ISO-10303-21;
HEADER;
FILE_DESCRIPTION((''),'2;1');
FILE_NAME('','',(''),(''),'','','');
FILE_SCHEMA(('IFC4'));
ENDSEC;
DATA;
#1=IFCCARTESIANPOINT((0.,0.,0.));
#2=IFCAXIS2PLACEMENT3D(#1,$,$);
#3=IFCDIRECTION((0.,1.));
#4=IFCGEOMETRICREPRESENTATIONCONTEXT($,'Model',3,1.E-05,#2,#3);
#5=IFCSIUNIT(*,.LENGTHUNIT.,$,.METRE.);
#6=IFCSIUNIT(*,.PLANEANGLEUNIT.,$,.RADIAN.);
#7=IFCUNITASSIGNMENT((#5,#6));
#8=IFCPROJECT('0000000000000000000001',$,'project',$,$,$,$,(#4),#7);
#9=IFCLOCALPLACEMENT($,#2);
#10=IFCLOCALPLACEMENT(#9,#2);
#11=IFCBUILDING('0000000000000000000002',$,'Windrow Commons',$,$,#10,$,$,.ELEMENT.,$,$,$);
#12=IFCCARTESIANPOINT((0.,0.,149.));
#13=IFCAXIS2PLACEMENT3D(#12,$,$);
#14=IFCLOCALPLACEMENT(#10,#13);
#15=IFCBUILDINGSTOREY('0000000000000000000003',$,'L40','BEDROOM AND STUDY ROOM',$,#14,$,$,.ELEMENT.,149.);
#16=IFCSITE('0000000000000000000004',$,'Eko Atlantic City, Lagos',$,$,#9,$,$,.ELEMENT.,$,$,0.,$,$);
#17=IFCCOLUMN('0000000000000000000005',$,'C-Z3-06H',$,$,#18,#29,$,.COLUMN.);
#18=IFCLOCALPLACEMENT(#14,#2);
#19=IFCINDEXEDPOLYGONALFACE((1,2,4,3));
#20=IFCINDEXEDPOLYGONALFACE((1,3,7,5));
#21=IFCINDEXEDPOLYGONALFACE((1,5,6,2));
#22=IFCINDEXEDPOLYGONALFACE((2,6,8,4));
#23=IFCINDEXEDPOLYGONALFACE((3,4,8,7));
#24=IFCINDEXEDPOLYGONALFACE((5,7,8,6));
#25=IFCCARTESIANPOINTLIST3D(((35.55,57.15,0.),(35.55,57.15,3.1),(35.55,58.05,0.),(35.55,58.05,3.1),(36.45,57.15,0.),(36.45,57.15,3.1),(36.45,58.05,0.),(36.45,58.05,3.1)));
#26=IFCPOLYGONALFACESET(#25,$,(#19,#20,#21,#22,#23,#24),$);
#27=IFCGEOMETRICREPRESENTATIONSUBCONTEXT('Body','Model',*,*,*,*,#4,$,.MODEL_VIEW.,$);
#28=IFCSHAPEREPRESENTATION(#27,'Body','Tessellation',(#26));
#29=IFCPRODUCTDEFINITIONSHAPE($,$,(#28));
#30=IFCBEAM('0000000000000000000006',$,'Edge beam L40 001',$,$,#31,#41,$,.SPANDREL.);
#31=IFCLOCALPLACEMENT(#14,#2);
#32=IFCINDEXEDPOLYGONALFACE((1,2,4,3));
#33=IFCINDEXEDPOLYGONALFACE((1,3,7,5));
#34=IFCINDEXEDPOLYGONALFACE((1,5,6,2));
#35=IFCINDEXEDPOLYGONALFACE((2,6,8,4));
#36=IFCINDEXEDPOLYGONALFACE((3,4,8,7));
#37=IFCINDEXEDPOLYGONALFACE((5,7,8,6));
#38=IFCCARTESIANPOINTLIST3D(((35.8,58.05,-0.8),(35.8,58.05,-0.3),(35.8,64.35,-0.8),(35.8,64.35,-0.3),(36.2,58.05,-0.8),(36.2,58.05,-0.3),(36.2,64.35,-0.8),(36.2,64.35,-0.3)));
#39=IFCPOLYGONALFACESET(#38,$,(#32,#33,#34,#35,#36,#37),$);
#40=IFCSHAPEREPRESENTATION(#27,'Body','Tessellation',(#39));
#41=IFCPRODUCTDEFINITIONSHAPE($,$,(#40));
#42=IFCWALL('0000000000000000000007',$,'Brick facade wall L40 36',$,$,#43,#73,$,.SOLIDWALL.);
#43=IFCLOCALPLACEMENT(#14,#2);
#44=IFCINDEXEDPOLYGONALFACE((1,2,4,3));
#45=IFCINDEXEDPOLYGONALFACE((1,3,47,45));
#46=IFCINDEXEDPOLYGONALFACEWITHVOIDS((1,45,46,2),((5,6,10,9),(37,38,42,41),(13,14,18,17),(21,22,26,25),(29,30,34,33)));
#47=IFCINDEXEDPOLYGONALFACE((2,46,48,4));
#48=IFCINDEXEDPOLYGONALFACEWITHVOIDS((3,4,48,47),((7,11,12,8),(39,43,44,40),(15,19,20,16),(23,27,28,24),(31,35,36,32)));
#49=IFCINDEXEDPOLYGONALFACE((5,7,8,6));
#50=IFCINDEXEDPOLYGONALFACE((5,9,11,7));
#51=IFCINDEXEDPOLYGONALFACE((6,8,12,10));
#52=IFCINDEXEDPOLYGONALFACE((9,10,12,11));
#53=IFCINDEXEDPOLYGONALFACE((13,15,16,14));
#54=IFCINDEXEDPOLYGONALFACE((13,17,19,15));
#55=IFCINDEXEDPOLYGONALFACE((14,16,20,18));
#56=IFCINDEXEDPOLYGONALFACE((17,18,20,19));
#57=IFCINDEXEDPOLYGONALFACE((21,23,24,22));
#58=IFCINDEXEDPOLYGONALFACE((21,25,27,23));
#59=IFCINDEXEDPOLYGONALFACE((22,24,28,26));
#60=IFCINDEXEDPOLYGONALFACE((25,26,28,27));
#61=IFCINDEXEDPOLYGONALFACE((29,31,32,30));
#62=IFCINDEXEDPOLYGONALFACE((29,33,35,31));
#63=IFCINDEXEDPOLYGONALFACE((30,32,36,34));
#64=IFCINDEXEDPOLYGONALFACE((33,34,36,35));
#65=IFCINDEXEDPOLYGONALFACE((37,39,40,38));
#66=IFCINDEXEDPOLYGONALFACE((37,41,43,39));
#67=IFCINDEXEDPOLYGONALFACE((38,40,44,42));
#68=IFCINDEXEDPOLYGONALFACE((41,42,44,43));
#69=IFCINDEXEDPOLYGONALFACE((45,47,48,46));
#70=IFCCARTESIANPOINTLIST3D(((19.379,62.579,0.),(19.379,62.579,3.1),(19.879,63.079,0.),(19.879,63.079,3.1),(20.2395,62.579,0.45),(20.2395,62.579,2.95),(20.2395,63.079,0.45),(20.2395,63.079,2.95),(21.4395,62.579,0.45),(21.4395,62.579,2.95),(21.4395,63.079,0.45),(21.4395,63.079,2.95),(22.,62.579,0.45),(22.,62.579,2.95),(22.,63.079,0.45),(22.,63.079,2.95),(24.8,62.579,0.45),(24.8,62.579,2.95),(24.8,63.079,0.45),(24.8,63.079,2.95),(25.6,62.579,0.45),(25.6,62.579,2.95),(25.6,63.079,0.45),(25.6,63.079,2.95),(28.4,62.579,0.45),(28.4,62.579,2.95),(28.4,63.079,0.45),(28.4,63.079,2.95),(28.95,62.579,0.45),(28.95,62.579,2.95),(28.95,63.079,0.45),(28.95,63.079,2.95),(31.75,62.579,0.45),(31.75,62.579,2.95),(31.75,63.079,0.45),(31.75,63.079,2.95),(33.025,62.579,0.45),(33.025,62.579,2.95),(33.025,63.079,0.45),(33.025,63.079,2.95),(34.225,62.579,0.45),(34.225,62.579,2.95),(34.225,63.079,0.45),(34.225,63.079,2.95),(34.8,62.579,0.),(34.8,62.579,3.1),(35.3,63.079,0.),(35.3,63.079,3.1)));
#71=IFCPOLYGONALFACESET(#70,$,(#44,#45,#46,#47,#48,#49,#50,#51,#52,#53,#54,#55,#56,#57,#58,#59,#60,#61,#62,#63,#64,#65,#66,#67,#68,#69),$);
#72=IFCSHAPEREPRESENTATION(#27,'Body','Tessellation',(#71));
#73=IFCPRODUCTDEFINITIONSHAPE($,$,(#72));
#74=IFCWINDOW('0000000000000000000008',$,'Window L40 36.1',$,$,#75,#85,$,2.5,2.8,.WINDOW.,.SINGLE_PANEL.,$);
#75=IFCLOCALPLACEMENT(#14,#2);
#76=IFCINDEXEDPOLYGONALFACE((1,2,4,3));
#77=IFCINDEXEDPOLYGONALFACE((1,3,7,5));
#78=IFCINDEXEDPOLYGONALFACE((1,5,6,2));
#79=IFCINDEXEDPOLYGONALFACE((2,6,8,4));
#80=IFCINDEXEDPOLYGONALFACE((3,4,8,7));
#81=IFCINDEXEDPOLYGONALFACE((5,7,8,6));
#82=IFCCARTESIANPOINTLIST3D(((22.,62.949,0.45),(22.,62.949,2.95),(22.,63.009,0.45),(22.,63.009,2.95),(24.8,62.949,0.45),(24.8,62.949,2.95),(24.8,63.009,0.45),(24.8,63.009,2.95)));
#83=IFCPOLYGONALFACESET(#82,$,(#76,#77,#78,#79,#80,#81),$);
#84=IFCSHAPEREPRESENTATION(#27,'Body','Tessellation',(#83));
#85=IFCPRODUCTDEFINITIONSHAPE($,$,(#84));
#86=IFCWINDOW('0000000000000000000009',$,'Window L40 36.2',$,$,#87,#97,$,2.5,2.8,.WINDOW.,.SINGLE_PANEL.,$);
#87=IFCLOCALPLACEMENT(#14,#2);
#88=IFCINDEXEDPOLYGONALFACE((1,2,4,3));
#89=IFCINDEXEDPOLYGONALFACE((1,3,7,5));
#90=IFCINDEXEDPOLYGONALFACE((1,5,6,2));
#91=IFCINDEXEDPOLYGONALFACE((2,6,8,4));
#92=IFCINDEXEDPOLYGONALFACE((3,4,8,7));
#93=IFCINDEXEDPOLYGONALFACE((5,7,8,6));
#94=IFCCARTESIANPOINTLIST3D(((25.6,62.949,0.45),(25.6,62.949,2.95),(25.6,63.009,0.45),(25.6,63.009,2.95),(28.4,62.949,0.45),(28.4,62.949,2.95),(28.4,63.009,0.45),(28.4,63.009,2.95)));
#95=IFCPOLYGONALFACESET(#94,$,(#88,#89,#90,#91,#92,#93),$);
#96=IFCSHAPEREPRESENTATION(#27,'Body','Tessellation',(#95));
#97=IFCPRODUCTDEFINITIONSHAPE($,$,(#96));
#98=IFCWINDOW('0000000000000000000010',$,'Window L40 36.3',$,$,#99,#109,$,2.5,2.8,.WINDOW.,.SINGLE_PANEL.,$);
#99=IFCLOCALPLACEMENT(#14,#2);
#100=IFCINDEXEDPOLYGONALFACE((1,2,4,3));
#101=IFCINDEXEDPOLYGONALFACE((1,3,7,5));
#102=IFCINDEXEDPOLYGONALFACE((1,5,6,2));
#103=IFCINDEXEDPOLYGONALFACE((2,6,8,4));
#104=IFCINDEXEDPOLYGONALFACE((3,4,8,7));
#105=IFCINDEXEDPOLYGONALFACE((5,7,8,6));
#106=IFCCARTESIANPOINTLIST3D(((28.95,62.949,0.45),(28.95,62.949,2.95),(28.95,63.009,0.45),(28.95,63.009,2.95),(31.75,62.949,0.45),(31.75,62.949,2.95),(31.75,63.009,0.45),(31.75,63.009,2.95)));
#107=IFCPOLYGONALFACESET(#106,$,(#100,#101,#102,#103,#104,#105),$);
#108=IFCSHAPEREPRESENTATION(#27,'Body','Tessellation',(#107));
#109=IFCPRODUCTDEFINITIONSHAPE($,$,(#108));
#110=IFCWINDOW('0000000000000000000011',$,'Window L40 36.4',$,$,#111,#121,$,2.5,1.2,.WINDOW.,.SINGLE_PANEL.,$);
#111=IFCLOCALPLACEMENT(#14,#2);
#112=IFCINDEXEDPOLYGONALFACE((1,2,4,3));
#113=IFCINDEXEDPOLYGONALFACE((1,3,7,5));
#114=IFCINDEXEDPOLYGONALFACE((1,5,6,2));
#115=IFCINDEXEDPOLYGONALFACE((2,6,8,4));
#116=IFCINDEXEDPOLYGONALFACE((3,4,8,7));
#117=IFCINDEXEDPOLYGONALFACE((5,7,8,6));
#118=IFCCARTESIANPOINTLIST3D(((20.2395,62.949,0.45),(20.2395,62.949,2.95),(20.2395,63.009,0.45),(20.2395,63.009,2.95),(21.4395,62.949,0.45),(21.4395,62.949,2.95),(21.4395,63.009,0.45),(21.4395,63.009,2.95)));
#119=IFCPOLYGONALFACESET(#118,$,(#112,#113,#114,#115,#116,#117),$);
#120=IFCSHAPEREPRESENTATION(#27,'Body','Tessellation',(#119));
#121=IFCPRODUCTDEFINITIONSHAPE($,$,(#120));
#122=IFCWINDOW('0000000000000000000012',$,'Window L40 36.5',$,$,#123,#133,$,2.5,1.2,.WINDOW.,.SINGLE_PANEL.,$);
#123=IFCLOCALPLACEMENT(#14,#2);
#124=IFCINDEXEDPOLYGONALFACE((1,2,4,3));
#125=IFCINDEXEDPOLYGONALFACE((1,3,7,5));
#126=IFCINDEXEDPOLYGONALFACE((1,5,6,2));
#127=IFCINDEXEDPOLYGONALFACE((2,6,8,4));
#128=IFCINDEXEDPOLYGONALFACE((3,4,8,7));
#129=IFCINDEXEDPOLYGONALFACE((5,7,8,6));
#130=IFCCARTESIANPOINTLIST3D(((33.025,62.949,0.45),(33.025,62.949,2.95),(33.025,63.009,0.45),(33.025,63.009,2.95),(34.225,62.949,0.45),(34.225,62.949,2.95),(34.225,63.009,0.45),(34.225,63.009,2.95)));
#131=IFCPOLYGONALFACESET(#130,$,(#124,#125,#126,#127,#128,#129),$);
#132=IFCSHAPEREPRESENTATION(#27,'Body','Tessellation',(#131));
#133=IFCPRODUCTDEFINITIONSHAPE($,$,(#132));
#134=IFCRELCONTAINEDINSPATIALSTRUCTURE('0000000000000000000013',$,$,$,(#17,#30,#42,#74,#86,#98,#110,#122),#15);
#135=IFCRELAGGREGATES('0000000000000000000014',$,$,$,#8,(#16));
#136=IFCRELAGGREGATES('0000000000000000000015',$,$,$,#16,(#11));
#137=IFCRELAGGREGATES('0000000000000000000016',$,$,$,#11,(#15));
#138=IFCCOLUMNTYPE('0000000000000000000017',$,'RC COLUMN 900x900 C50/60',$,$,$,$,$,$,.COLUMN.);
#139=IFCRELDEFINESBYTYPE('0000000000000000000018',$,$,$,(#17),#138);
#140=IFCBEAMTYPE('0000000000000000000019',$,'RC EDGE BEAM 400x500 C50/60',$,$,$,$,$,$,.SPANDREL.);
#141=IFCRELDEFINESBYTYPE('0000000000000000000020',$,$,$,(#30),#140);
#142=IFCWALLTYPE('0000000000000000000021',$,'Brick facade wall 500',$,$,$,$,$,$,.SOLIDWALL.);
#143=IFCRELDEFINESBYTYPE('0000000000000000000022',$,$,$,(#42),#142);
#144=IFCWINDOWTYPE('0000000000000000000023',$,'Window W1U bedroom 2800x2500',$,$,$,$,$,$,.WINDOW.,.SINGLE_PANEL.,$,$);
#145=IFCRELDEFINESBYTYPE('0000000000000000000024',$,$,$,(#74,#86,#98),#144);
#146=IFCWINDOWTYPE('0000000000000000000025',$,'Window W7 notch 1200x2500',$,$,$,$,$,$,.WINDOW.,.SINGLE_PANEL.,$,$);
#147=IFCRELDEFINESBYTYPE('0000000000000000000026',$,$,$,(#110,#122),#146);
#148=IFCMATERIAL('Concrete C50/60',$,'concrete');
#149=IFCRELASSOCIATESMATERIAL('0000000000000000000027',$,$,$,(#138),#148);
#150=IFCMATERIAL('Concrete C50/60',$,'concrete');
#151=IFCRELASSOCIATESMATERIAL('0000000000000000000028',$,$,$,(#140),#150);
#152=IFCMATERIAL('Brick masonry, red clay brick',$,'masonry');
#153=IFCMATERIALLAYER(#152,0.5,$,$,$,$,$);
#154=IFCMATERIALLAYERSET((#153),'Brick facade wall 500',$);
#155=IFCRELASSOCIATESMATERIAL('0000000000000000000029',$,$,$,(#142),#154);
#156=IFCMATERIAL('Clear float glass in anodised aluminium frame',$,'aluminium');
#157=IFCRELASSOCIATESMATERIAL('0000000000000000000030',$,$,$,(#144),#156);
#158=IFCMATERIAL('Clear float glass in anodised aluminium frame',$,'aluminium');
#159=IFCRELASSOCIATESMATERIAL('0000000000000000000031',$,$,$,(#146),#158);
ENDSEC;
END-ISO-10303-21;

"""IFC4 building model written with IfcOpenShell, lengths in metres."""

from ifc_helpers import new_model, si_unit, direction, frame, frame_2d, origin, origin_2d, place, context, subcontext, project, spatial, polyline, rectangle, outline, extrude, material, layer, layer_set, material_profile, profile_set, type_object, element, fill, save


model = new_model("IFC4")

# Units and contexts
model_context = context("Model", 3, precision=1e-05, world=origin(), true_north=direction((0.0, 1.0)))
body_context = subcontext(model_context, "Body", "Model", "MODEL_VIEW")
ifc_project = project(units=[si_unit("LENGTHUNIT", "METRE"), si_unit("PLANEANGLEUNIT", "RADIAN")], contexts=[model_context])

# Site, building, storey
site_placement = place(None, origin())
site = spatial("IfcSite", under=ifc_project, at=site_placement, Name="Eko Atlantic City, Lagos", CompositionType="ELEMENT", RefElevation=0.0)
building_placement = place(site_placement, origin())
building = spatial("IfcBuilding", under=site, at=building_placement, Name="Windrow Commons", CompositionType="ELEMENT")
storey_placement = place(building_placement, frame((0.0, 0.0, 149.0)))
storey = spatial("IfcBuildingStorey", under=building, at=storey_placement, Name="L40", Description="BEDROOM AND STUDY ROOM", CompositionType="ELEMENT", Elevation=149.0)

# Column
ifc_material_1 = material(Name="Concrete C50/60", Category="concrete")
ifc_material_profile_1 = material_profile(ifc_material_1, rectangle(XDim=0.9, YDim=0.9, at=origin_2d()))
ifc_profile_set_1 = profile_set([ifc_material_profile_1], Name="Concrete C50/60")
column_type = type_object("IfcColumnType", Name="RC COLUMN 900x900 C50/60", PredefinedType="COLUMN", material=ifc_profile_set_1)
column_placement = place(storey_placement, frame((36.0, 57.6, 0.0), z_axis=(0.0, 0.0, 1.0), x_axis=(1.0, 0.0, 0.0)))
element("IfcColumn", 1, at=column_placement, inside=storey, type_object=column_type, Name="C-Z3-06H", PredefinedType="COLUMN", context=body_context, shape_type="SweptSolid", body=[
    extrude(rectangle(XDim=0.9, YDim=0.9, at=origin_2d()), origin(), (0.0, 0.0, 1.0), 3.1),
])

# Beam
ifc_material_2 = material(Name="Concrete C50/60", Category="concrete")
ifc_material_profile_2 = material_profile(ifc_material_2, rectangle(XDim=0.4, YDim=0.5, at=origin_2d()))
ifc_profile_set_2 = profile_set([ifc_material_profile_2], Name="Concrete C50/60")
beam_type = type_object("IfcBeamType", Name="RC EDGE BEAM 400x500 C50/60", PredefinedType="SPANDREL", material=ifc_profile_set_2)
beam_placement = place(storey_placement, frame((36.0, 58.05, -0.55), z_axis=(0.0, 1.0, 0.0), x_axis=(-1.0, 0.0, 0.0)))
element("IfcBeam", 2, at=beam_placement, inside=storey, type_object=beam_type, Name="Edge beam L40 001", PredefinedType="SPANDREL", context=body_context, shape_type="SweptSolid", body=[
    extrude(rectangle(XDim=0.4, YDim=0.5, at=origin_2d()), origin(), (0.0, 0.0, 1.0), 6.3),
])

# Wall, openings, windows
ifc_material_3 = material(Name="Brick masonry, red clay brick", Category="masonry")
ifc_layer_1 = layer(ifc_material_3, 0.5)
ifc_layer_set_1 = layer_set([ifc_layer_1], Name="Brick facade wall 500")
wall_type_1 = type_object("IfcWallType", Name="Brick facade wall 500", PredefinedType="SOLIDWALL", material=ifc_layer_set_1)
wall_1_placement = place(storey_placement, frame((19.629, 62.829, 0.0), z_axis=(0.0, 0.0, 1.0), x_axis=(1.0, 0.0, 0.0)))
wall_1 = element("IfcWall", 3, at=wall_1_placement, inside=storey, type_object=wall_type_1, Name="Brick facade wall L40 36", PredefinedType="SOLIDWALL", context=body_context, shape_type="SweptSolid", body=[
    extrude(outline(polyline([(-0.25, -0.25), (15.171, -0.25), (15.671, 0.25), (0.25, 0.25), (-0.25, -0.25)])), origin(), (0.0, 0.0, 1.0), 3.1),
])
opening_1_placement = place(wall_1_placement, frame((2.371, 0.0, 0.45)))
opening_1 = element("IfcOpeningElement", 4, at=opening_1_placement, cuts=wall_1, PredefinedType="OPENING", context=body_context, shape_type="SweptSolid", body=[
    extrude(rectangle(XDim=2.8, YDim=2.5, at=frame_2d((1.4, 1.25))), frame((0.0, 0.26, 0.0), z_axis=(0.0, -1.0, 0.0), x_axis=(1.0, 0.0, 0.0)), (0.0, 0.0, 1.0), 0.52),
])
opening_2_placement = place(wall_1_placement, frame((5.971, 0.0, 0.45)))
opening_2 = element("IfcOpeningElement", 5, at=opening_2_placement, cuts=wall_1, PredefinedType="OPENING", context=body_context, shape_type="SweptSolid", body=[
    extrude(rectangle(XDim=2.8, YDim=2.5, at=frame_2d((1.4, 1.25))), frame((0.0, 0.26, 0.0), z_axis=(0.0, -1.0, 0.0), x_axis=(1.0, 0.0, 0.0)), (0.0, 0.0, 1.0), 0.52),
])
opening_3_placement = place(wall_1_placement, frame((9.321, 0.0, 0.45)))
opening_3 = element("IfcOpeningElement", 6, at=opening_3_placement, cuts=wall_1, PredefinedType="OPENING", context=body_context, shape_type="SweptSolid", body=[
    extrude(rectangle(XDim=2.8, YDim=2.5, at=frame_2d((1.4, 1.25))), frame((0.0, 0.26, 0.0), z_axis=(0.0, -1.0, 0.0), x_axis=(1.0, 0.0, 0.0)), (0.0, 0.0, 1.0), 0.52),
])
opening_4_placement = place(wall_1_placement, frame((0.6105, 0.0, 0.45)))
opening_4 = element("IfcOpeningElement", 7, at=opening_4_placement, cuts=wall_1, PredefinedType="OPENING", context=body_context, shape_type="SweptSolid", body=[
    extrude(rectangle(XDim=1.2, YDim=2.5, at=frame_2d((0.6, 1.25))), frame((0.0, 0.26, 0.0), z_axis=(0.0, -1.0, 0.0), x_axis=(1.0, 0.0, 0.0)), (0.0, 0.0, 1.0), 0.52),
])
opening_5_placement = place(wall_1_placement, frame((13.396, 0.0, 0.45)))
opening_5 = element("IfcOpeningElement", 8, at=opening_5_placement, cuts=wall_1, PredefinedType="OPENING", context=body_context, shape_type="SweptSolid", body=[
    extrude(rectangle(XDim=1.2, YDim=2.5, at=frame_2d((0.6, 1.25))), frame((0.0, 0.26, 0.0), z_axis=(0.0, -1.0, 0.0), x_axis=(1.0, 0.0, 0.0)), (0.0, 0.0, 1.0), 0.52),
])
ifc_material_4 = material(Name="Clear float glass in anodised aluminium frame", Category="aluminium")
window_type_1 = type_object("IfcWindowType", Name="Window W1U bedroom 2800x2500", PartitioningType="SINGLE_PANEL", PredefinedType="WINDOW", material=ifc_material_4)
window_1_placement = place(opening_1_placement, origin())
window_1 = element("IfcWindow", 9, at=window_1_placement, inside=storey, type_object=window_type_1, Name="Window L40 36.1", OverallHeight=2.5, OverallWidth=2.8, PartitioningType="SINGLE_PANEL", PredefinedType="WINDOW", context=body_context, shape_type="SweptSolid", body=[
    extrude(rectangle(XDim=2.8, YDim=2.5, at=frame_2d((1.4, 1.25))), frame((0.0, 0.18, 0.0), z_axis=(0.0, -1.0, 0.0), x_axis=(1.0, 0.0, 0.0)), (0.0, 0.0, 1.0), 0.06),
])
fill(opening_1, window_1)
window_2_placement = place(opening_2_placement, origin())
window_2 = element("IfcWindow", 10, at=window_2_placement, inside=storey, type_object=window_type_1, Name="Window L40 36.2", OverallHeight=2.5, OverallWidth=2.8, PartitioningType="SINGLE_PANEL", PredefinedType="WINDOW", context=body_context, shape_type="SweptSolid", body=[
    extrude(rectangle(XDim=2.8, YDim=2.5, at=frame_2d((1.4, 1.25))), frame((0.0, 0.18, 0.0), z_axis=(0.0, -1.0, 0.0), x_axis=(1.0, 0.0, 0.0)), (0.0, 0.0, 1.0), 0.06),
])
fill(opening_2, window_2)
window_3_placement = place(opening_3_placement, origin())
window_3 = element("IfcWindow", 11, at=window_3_placement, inside=storey, type_object=window_type_1, Name="Window L40 36.3", OverallHeight=2.5, OverallWidth=2.8, PartitioningType="SINGLE_PANEL", PredefinedType="WINDOW", context=body_context, shape_type="SweptSolid", body=[
    extrude(rectangle(XDim=2.8, YDim=2.5, at=frame_2d((1.4, 1.25))), frame((0.0, 0.18, 0.0), z_axis=(0.0, -1.0, 0.0), x_axis=(1.0, 0.0, 0.0)), (0.0, 0.0, 1.0), 0.06),
])
fill(opening_3, window_3)
ifc_material_5 = material(Name="Clear float glass in anodised aluminium frame", Category="aluminium")
window_type_2 = type_object("IfcWindowType", Name="Window W7 notch 1200x2500", PartitioningType="SINGLE_PANEL", PredefinedType="WINDOW", material=ifc_material_5)
window_4_placement = place(opening_4_placement, origin())
window_4 = element("IfcWindow", 12, at=window_4_placement, inside=storey, type_object=window_type_2, Name="Window L40 36.4", OverallHeight=2.5, OverallWidth=1.2, PartitioningType="SINGLE_PANEL", PredefinedType="WINDOW", context=body_context, shape_type="SweptSolid", body=[
    extrude(rectangle(XDim=1.2, YDim=2.5, at=frame_2d((0.6, 1.25))), frame((0.0, 0.18, 0.0), z_axis=(0.0, -1.0, 0.0), x_axis=(1.0, 0.0, 0.0)), (0.0, 0.0, 1.0), 0.06),
])
fill(opening_4, window_4)
window_5_placement = place(opening_5_placement, origin())
window_5 = element("IfcWindow", 13, at=window_5_placement, inside=storey, type_object=window_type_2, Name="Window L40 36.5", OverallHeight=2.5, OverallWidth=1.2, PartitioningType="SINGLE_PANEL", PredefinedType="WINDOW", context=body_context, shape_type="SweptSolid", body=[
    extrude(rectangle(XDim=1.2, YDim=2.5, at=frame_2d((0.6, 1.25))), frame((0.0, 0.18, 0.0), z_axis=(0.0, -1.0, 0.0), x_axis=(1.0, 0.0, 0.0)), (0.0, 0.0, 1.0), 0.06),
])
fill(opening_5, window_5)

save(model, "model.ifc")
